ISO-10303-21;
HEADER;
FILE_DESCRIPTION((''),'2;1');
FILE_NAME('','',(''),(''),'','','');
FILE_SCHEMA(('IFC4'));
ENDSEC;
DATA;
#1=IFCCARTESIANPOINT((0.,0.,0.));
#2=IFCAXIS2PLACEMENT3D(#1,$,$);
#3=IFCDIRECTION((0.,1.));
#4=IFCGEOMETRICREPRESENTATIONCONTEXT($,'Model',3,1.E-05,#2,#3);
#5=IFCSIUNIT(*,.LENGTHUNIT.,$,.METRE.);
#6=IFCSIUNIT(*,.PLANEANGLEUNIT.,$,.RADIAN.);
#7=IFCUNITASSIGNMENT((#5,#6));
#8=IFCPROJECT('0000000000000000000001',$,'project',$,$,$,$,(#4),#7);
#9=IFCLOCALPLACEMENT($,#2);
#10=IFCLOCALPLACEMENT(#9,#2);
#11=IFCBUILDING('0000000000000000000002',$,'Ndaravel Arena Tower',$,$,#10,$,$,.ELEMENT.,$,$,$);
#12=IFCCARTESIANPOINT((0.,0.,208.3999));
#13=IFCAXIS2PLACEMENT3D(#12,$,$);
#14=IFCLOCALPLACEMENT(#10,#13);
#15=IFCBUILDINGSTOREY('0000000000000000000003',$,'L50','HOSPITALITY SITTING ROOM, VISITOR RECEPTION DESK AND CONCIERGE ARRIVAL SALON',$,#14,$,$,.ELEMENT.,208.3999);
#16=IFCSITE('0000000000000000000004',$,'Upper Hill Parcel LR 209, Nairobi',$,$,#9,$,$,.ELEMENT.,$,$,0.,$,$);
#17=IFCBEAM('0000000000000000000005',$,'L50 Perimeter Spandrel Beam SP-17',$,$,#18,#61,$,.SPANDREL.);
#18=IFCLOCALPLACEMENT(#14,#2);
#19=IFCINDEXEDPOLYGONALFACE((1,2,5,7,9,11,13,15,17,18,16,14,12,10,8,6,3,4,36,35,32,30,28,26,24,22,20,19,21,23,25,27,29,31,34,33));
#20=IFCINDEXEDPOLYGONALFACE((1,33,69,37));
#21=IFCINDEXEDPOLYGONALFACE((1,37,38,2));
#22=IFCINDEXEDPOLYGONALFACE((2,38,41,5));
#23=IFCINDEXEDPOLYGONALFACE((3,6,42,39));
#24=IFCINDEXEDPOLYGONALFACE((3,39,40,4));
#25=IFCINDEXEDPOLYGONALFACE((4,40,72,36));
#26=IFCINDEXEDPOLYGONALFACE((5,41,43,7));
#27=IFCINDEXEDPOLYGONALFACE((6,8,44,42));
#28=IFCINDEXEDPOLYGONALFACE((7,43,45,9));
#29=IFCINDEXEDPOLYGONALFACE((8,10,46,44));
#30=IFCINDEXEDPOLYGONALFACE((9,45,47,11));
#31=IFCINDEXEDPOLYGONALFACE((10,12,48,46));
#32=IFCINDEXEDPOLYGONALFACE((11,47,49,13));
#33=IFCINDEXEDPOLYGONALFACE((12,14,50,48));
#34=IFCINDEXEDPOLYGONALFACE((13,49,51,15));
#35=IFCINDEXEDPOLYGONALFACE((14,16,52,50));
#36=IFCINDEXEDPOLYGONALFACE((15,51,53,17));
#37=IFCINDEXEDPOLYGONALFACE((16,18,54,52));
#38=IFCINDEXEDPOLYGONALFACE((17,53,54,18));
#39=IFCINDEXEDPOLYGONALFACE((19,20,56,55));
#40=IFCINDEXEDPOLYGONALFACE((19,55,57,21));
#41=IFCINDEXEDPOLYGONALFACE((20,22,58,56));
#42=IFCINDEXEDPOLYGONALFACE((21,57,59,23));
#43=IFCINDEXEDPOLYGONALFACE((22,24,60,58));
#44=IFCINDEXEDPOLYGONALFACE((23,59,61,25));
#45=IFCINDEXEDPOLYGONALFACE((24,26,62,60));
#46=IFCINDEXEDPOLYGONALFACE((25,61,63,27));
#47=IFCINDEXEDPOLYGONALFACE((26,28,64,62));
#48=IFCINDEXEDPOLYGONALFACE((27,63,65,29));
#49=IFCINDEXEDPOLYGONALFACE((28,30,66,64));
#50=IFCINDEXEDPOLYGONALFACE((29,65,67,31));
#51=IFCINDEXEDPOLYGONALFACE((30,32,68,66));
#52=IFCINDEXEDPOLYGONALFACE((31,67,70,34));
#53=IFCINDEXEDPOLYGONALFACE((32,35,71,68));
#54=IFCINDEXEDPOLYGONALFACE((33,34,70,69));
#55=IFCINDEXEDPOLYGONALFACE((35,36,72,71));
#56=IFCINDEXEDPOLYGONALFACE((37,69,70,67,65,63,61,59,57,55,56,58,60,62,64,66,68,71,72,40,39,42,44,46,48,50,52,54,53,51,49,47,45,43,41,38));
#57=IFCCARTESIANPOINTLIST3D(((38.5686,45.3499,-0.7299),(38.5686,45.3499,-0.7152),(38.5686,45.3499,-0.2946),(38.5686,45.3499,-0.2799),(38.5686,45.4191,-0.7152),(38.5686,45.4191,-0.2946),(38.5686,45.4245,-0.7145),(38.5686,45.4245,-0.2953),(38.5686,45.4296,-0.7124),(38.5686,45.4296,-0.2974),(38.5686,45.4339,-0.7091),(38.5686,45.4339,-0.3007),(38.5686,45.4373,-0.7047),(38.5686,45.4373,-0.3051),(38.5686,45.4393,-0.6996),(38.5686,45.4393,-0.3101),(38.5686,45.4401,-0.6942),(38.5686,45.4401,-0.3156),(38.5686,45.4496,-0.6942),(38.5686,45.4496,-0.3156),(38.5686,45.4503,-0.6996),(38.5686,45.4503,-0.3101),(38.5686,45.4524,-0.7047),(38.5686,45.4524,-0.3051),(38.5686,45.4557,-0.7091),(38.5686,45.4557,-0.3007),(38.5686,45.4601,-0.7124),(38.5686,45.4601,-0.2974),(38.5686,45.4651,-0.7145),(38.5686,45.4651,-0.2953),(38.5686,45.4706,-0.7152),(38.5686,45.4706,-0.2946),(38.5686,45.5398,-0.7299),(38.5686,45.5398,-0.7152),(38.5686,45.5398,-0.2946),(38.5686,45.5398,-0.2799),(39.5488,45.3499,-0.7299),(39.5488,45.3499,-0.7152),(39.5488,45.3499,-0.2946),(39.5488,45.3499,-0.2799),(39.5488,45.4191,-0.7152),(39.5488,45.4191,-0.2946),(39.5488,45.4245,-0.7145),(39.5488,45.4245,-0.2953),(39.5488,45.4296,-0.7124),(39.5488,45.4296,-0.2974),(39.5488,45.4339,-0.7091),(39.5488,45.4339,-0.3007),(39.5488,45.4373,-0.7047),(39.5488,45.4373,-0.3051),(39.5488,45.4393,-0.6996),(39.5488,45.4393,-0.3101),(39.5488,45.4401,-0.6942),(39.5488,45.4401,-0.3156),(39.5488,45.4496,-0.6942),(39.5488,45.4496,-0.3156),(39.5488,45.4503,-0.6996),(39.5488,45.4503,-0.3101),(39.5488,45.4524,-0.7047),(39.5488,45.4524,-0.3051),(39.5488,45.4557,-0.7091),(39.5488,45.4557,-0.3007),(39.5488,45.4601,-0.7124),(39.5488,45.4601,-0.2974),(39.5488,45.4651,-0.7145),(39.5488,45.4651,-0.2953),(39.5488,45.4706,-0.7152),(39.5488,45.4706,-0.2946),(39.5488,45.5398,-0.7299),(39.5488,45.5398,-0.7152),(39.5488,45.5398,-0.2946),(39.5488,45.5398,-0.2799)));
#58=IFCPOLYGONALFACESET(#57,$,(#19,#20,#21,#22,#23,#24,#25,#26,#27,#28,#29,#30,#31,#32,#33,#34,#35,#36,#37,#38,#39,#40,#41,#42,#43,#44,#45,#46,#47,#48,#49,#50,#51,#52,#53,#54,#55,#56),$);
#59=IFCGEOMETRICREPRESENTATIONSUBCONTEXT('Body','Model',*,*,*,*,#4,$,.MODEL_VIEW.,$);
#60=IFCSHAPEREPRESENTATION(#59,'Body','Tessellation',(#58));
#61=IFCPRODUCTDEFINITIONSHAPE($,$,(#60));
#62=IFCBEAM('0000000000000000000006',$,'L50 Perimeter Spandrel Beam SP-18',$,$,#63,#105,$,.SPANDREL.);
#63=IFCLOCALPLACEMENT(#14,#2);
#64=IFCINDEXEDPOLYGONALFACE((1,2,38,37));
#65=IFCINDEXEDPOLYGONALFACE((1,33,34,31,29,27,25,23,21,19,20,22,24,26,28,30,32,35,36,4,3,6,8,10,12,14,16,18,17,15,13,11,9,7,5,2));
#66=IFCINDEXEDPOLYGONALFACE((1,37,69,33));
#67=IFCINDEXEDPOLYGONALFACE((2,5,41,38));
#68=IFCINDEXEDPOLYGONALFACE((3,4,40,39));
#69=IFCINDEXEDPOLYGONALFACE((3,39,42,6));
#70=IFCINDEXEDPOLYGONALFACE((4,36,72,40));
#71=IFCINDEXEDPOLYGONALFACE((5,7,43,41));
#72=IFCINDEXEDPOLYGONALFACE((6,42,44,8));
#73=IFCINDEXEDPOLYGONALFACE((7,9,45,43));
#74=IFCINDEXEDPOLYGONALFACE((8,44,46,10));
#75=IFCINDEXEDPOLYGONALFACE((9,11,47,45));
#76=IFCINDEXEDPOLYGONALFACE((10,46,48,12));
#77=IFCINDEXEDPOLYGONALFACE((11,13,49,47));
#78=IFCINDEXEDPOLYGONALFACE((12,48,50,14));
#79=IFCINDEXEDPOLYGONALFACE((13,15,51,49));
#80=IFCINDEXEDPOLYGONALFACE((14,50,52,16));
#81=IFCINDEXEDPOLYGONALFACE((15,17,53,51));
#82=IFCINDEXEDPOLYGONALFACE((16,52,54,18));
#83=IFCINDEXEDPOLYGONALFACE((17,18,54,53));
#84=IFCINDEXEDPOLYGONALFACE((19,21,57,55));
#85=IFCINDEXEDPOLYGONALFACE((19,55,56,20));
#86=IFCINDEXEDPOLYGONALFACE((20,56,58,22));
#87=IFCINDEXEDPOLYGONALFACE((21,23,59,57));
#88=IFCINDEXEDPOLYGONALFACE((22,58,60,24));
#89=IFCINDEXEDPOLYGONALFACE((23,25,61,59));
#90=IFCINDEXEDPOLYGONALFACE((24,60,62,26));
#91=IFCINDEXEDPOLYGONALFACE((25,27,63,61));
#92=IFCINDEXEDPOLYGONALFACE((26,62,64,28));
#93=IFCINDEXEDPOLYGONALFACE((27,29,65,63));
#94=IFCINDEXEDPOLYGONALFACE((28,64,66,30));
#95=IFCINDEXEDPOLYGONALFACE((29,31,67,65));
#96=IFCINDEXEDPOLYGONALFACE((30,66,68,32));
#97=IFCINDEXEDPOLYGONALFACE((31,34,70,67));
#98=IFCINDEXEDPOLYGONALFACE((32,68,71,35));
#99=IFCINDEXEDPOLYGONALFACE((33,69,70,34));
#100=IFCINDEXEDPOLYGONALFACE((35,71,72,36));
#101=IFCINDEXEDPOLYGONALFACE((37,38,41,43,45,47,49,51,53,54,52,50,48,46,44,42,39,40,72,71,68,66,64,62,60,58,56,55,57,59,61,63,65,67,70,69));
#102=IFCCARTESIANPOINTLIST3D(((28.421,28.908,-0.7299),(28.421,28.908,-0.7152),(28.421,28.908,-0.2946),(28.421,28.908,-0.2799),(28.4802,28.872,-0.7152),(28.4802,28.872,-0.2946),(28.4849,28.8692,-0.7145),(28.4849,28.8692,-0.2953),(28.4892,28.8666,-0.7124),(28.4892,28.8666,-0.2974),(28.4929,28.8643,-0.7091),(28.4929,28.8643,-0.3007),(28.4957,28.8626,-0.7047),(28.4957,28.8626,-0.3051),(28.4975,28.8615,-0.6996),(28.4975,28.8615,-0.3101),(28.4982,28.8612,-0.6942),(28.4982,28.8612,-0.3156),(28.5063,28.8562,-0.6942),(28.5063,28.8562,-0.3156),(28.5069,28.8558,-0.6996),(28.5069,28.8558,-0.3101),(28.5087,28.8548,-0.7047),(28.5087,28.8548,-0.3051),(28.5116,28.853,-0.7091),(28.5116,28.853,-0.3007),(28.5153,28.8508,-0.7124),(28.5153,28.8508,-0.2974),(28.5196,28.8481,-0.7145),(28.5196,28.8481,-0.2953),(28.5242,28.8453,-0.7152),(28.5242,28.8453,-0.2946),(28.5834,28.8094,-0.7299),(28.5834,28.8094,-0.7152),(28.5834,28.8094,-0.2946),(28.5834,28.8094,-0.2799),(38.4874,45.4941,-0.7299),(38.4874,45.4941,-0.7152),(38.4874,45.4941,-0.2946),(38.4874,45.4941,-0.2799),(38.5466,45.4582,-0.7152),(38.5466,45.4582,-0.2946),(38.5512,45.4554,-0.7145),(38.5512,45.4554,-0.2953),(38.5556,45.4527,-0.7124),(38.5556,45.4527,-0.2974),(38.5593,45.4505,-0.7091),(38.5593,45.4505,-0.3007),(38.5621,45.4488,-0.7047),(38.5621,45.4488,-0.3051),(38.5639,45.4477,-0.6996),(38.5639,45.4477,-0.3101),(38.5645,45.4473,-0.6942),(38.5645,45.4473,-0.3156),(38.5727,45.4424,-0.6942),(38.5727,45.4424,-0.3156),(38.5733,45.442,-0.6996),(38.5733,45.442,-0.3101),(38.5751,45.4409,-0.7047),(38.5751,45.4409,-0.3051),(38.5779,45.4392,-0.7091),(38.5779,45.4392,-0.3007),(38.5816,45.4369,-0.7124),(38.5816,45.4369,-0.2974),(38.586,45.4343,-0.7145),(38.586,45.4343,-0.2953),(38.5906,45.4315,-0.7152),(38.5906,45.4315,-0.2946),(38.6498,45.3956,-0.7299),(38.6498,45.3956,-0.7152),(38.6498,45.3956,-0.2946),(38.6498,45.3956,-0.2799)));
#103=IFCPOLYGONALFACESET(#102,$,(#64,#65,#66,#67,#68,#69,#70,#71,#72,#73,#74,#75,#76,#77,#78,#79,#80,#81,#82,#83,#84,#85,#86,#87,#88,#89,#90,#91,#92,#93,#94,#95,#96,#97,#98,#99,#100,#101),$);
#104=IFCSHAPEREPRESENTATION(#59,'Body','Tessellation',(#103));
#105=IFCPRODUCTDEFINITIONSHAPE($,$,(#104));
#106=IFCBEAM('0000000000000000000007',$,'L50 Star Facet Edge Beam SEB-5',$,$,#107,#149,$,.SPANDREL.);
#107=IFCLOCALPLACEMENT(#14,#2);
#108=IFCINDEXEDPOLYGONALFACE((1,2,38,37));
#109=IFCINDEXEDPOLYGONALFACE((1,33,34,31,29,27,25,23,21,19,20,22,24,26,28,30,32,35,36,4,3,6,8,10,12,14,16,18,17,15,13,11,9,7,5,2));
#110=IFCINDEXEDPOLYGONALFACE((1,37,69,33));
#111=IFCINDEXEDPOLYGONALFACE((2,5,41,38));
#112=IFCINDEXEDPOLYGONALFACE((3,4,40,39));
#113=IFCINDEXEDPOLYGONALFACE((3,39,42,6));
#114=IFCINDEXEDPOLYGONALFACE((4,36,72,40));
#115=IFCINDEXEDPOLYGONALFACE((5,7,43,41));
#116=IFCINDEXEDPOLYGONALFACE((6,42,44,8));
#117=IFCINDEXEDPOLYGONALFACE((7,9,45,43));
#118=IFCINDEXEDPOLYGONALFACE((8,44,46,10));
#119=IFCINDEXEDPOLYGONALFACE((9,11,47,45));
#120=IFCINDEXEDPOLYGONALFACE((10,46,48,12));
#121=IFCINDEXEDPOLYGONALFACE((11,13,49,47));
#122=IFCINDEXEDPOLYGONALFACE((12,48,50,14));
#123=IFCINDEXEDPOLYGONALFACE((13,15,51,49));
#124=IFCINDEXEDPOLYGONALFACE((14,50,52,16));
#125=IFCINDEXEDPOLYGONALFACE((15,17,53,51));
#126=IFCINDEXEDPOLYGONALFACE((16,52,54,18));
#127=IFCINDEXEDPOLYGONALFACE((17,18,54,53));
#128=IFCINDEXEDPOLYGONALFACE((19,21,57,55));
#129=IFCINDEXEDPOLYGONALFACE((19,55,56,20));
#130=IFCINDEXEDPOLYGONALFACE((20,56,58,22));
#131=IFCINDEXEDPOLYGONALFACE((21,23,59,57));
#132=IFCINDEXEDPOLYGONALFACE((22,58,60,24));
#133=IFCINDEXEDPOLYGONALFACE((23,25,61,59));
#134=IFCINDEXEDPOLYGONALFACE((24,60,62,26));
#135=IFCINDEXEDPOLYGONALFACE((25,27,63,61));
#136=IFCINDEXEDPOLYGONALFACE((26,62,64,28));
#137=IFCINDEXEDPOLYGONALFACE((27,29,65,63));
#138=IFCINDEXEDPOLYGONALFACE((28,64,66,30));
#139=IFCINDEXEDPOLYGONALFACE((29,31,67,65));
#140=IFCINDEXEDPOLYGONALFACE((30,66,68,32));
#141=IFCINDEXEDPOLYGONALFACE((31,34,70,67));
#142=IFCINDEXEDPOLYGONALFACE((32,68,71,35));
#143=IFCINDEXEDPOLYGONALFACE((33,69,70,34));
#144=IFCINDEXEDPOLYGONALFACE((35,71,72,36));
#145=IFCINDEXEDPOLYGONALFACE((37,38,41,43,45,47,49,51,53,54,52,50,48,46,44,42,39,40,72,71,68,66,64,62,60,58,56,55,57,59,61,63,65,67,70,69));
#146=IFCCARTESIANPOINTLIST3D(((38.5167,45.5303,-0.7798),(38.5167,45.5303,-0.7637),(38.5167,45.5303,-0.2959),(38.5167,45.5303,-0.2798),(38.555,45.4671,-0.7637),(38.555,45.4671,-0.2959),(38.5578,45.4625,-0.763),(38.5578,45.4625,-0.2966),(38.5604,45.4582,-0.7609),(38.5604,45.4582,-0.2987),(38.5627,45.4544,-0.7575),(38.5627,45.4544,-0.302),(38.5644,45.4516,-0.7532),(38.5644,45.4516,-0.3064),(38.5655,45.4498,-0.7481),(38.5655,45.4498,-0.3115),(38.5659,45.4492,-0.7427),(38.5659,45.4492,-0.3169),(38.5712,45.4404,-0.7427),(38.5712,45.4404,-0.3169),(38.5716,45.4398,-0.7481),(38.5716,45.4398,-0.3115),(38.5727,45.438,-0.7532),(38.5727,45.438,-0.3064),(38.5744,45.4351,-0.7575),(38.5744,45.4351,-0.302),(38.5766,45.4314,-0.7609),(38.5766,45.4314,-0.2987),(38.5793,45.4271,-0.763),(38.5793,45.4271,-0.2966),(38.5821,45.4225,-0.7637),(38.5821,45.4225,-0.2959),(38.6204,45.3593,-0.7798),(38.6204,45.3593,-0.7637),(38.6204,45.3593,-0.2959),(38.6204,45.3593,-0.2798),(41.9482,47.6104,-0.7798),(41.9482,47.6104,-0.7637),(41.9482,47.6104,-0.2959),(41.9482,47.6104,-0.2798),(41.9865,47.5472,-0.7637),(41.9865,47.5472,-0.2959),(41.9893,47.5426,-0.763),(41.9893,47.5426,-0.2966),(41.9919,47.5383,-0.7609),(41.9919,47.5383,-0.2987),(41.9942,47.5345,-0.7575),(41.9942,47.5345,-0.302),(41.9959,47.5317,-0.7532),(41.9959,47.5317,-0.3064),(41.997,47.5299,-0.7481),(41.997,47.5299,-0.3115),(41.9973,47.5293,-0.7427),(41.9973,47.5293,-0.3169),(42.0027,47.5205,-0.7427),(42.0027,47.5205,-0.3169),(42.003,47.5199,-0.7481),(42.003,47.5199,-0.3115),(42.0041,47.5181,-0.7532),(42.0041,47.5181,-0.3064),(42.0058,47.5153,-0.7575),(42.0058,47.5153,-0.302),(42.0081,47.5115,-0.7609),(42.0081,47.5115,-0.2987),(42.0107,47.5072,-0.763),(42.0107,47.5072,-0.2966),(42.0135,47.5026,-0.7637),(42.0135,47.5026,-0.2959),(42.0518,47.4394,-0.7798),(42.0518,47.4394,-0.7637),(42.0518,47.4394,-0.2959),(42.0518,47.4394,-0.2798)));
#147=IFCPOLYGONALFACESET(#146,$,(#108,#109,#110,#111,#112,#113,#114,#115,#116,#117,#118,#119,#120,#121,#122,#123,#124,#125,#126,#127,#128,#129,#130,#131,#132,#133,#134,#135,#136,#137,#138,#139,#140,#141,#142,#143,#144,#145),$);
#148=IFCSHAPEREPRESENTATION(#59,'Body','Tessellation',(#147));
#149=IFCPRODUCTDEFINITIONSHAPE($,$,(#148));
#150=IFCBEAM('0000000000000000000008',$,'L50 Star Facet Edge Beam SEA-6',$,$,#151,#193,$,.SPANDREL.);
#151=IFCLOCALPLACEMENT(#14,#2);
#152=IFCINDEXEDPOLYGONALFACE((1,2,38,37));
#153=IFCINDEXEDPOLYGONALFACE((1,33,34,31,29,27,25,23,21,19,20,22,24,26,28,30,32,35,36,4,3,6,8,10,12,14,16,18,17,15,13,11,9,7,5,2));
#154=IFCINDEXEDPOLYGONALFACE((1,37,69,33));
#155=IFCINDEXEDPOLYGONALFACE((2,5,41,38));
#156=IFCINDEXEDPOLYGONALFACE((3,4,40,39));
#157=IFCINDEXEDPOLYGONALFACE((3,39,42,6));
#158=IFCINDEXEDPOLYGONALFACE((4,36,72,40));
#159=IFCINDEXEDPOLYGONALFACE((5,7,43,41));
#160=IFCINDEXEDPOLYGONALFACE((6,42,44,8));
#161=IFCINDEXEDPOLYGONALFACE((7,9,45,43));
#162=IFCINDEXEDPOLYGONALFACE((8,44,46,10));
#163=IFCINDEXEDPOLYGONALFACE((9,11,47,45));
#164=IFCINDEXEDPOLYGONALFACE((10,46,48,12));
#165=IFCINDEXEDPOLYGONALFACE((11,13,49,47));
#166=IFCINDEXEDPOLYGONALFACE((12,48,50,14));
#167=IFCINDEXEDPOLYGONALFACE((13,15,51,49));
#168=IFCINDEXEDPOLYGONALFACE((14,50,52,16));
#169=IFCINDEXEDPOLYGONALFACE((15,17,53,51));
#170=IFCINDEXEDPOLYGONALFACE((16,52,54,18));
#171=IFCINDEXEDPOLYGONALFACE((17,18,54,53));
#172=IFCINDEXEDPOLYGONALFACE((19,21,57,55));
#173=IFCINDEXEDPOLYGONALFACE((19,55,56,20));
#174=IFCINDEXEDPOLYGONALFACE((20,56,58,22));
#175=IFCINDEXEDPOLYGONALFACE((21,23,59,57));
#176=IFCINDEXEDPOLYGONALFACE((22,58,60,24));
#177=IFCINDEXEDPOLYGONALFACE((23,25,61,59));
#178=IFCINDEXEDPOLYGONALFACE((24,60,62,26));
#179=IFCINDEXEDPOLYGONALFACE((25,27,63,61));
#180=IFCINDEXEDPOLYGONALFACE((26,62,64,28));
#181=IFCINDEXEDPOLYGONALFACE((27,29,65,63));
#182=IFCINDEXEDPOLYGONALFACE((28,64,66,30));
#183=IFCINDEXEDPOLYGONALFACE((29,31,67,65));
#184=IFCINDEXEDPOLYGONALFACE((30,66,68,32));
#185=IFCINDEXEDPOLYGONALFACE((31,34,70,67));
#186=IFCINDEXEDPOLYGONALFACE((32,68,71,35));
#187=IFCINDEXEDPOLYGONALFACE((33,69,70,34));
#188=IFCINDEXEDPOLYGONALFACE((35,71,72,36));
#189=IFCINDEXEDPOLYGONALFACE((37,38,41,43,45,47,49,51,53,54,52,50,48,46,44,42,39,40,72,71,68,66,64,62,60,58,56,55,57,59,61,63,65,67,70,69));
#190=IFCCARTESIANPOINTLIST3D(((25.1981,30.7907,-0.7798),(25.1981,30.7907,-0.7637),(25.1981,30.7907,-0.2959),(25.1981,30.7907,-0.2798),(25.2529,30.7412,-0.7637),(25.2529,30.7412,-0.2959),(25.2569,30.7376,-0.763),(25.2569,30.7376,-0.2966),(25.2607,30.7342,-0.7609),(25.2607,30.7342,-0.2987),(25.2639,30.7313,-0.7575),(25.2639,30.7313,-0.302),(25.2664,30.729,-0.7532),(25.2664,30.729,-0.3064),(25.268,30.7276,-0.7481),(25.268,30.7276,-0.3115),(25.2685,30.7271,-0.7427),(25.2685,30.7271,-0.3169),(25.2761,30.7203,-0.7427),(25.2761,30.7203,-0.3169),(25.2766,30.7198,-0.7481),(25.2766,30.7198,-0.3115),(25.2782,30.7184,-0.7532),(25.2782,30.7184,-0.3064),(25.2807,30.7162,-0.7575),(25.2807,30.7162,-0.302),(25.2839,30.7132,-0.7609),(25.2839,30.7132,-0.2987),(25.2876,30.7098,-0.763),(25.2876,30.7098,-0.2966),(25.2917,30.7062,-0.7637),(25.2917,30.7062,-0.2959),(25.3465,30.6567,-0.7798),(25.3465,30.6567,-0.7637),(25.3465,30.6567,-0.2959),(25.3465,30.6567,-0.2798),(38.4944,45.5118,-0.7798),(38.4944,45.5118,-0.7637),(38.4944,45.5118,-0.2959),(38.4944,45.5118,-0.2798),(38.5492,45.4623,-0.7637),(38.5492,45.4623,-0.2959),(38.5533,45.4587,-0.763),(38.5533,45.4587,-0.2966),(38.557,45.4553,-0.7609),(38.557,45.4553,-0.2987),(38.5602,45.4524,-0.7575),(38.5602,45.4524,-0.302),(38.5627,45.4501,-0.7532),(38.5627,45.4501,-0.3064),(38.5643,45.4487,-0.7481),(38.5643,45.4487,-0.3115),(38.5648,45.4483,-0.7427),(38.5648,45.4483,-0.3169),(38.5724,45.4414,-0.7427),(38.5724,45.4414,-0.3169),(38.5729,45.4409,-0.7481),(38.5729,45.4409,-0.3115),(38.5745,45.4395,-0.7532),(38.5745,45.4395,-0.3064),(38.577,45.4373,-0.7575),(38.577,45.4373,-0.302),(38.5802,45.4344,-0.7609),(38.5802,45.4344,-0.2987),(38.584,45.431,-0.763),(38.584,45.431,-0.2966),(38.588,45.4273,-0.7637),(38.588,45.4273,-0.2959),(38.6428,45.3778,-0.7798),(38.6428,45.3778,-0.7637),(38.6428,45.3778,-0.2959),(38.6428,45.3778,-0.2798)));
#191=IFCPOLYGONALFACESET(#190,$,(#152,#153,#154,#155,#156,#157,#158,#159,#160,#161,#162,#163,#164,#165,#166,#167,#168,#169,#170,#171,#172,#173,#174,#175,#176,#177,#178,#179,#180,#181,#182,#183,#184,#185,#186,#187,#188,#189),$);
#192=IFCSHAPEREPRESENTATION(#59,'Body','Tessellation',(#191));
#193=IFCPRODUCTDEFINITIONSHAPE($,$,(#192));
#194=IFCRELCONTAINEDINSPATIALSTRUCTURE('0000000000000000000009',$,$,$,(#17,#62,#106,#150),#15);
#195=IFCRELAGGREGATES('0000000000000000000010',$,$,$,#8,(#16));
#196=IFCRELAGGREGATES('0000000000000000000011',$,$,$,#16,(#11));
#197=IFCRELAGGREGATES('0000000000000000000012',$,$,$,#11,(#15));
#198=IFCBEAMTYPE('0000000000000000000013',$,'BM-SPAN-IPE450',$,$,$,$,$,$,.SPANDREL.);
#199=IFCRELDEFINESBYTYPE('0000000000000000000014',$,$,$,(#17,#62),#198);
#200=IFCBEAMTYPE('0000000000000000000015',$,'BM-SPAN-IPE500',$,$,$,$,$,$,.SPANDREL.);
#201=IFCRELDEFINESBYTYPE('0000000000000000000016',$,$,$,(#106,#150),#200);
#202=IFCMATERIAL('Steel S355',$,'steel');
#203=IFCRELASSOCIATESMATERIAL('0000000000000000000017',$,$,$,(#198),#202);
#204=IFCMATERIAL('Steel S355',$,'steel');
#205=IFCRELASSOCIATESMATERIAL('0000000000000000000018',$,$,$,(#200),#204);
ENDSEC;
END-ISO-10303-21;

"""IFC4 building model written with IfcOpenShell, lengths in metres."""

from ifc_helpers import new_model, si_unit, direction, frame, origin, origin_2d, place, context, subcontext, project, spatial, i_section, extrude, material, material_profile, profile_set, type_object, element, save


model = new_model("IFC4")

# Units and contexts
model_context = context("Model", 3, precision=1e-05, world=origin(), true_north=direction((0.0, 1.0)))
body_context = subcontext(model_context, "Body", "Model", "MODEL_VIEW")
ifc_project = project(units=[si_unit("LENGTHUNIT", "METRE"), si_unit("PLANEANGLEUNIT", "RADIAN")], contexts=[model_context])

# Site, building, storey
site_placement = place(None, origin())
site = spatial("IfcSite", under=ifc_project, at=site_placement, Name="Upper Hill Parcel LR 209, Nairobi", CompositionType="ELEMENT", RefElevation=0.0)
building_placement = place(site_placement, origin())
building = spatial("IfcBuilding", under=site, at=building_placement, Name="Ndaravel Arena Tower", CompositionType="ELEMENT")
storey_placement = place(building_placement, frame((0.0, 0.0, 208.3999)))
storey = spatial("IfcBuildingStorey", under=building, at=storey_placement, Name="L50", Description="HOSPITALITY SITTING ROOM, VISITOR RECEPTION DESK AND CONCIERGE ARRIVAL SALON", CompositionType="ELEMENT", Elevation=208.3999)

# Beams
ifc_material_1 = material(Name="Steel S355", Category="steel")
ifc_material_profile_1 = material_profile(ifc_material_1, i_section(OverallWidth=0.1899, OverallDepth=0.45, WebThickness=0.0095, FlangeThickness=0.0146, FilletRadius=0.021, at=origin_2d()), Name="IPE 450")
ifc_profile_set_1 = profile_set([ifc_material_profile_1], Name="Steel S355")
beam_type_1 = type_object("IfcBeamType", Name="BM-SPAN-IPE450", PredefinedType="SPANDREL", material=ifc_profile_set_1)
beam_1_placement = place(storey_placement, frame((39.5488, 45.4448, -0.5049), z_axis=(-1.0, 0.0, 0.0), x_axis=(0.0, -1.0, 0.0)))
element("IfcBeam", 1, at=beam_1_placement, inside=storey, type_object=beam_type_1, Name="L50 Perimeter Spandrel Beam SP-17", PredefinedType="SPANDREL", context=body_context, shape_type="SweptSolid", body=[
    extrude(i_section(OverallWidth=0.1899, OverallDepth=0.45, WebThickness=0.0095, FlangeThickness=0.0146, FilletRadius=0.021, at=origin_2d()), origin(), (0.0, 0.0, 1.0), 0.9802),
])
beam_2_placement = place(storey_placement, frame((38.5686, 45.4448, -0.5049), z_axis=(-0.518836, -0.854874, 0.0), x_axis=(0.854874, -0.518836, 0.0)))
element("IfcBeam", 2, at=beam_2_placement, inside=storey, type_object=beam_type_1, Name="L50 Perimeter Spandrel Beam SP-18", PredefinedType="SPANDREL", context=body_context, shape_type="SweptSolid", body=[
    extrude(i_section(OverallWidth=0.1899, OverallDepth=0.45, WebThickness=0.0095, FlangeThickness=0.0146, FilletRadius=0.021, at=origin_2d()), origin(), (0.0, 0.0, 1.0), 19.4019),
])
ifc_material_2 = material(Name="Steel S355", Category="steel")
ifc_material_profile_2 = material_profile(ifc_material_2, i_section(OverallWidth=0.2, OverallDepth=0.5, WebThickness=0.0103, FlangeThickness=0.0161, FilletRadius=0.021, at=origin_2d()), Name="IPE 500")
ifc_profile_set_2 = profile_set([ifc_material_profile_2], Name="Steel S355")
beam_type_2 = type_object("IfcBeamType", Name="BM-SPAN-IPE500", PredefinedType="SPANDREL", material=ifc_profile_set_2)
beam_3_placement = place(storey_placement, frame((42.0, 47.5249, -0.5298), z_axis=(-0.855149, -0.518383, 0.0), x_axis=(0.518383, -0.855149, 0.0)))
element("IfcBeam", 3, at=beam_3_placement, inside=storey, type_object=beam_type_2, Name="L50 Star Facet Edge Beam SEB-5", PredefinedType="SPANDREL", context=body_context, shape_type="SweptSolid", body=[
    extrude(i_section(OverallWidth=0.2, OverallDepth=0.5, WebThickness=0.0103, FlangeThickness=0.0161, FilletRadius=0.021, at=origin_2d()), origin(), (0.0, 0.0, 1.0), 4.0127),
])
beam_4_placement = place(storey_placement, frame((38.5686, 45.4448, -0.5298), z_axis=(-0.670281, -0.742107, 0.0), x_axis=(0.742107, -0.670281, 0.0)))
element("IfcBeam", 4, at=beam_4_placement, inside=storey, type_object=beam_type_2, Name="L50 Star Facet Edge Beam SEA-6", PredefinedType="SPANDREL", context=body_context, shape_type="SweptSolid", body=[
    extrude(i_section(OverallWidth=0.2, OverallDepth=0.5, WebThickness=0.0103, FlangeThickness=0.0161, FilletRadius=0.021, at=origin_2d()), origin(), (0.0, 0.0, 1.0), 19.8369),
])

save(model, "model.ifc")
